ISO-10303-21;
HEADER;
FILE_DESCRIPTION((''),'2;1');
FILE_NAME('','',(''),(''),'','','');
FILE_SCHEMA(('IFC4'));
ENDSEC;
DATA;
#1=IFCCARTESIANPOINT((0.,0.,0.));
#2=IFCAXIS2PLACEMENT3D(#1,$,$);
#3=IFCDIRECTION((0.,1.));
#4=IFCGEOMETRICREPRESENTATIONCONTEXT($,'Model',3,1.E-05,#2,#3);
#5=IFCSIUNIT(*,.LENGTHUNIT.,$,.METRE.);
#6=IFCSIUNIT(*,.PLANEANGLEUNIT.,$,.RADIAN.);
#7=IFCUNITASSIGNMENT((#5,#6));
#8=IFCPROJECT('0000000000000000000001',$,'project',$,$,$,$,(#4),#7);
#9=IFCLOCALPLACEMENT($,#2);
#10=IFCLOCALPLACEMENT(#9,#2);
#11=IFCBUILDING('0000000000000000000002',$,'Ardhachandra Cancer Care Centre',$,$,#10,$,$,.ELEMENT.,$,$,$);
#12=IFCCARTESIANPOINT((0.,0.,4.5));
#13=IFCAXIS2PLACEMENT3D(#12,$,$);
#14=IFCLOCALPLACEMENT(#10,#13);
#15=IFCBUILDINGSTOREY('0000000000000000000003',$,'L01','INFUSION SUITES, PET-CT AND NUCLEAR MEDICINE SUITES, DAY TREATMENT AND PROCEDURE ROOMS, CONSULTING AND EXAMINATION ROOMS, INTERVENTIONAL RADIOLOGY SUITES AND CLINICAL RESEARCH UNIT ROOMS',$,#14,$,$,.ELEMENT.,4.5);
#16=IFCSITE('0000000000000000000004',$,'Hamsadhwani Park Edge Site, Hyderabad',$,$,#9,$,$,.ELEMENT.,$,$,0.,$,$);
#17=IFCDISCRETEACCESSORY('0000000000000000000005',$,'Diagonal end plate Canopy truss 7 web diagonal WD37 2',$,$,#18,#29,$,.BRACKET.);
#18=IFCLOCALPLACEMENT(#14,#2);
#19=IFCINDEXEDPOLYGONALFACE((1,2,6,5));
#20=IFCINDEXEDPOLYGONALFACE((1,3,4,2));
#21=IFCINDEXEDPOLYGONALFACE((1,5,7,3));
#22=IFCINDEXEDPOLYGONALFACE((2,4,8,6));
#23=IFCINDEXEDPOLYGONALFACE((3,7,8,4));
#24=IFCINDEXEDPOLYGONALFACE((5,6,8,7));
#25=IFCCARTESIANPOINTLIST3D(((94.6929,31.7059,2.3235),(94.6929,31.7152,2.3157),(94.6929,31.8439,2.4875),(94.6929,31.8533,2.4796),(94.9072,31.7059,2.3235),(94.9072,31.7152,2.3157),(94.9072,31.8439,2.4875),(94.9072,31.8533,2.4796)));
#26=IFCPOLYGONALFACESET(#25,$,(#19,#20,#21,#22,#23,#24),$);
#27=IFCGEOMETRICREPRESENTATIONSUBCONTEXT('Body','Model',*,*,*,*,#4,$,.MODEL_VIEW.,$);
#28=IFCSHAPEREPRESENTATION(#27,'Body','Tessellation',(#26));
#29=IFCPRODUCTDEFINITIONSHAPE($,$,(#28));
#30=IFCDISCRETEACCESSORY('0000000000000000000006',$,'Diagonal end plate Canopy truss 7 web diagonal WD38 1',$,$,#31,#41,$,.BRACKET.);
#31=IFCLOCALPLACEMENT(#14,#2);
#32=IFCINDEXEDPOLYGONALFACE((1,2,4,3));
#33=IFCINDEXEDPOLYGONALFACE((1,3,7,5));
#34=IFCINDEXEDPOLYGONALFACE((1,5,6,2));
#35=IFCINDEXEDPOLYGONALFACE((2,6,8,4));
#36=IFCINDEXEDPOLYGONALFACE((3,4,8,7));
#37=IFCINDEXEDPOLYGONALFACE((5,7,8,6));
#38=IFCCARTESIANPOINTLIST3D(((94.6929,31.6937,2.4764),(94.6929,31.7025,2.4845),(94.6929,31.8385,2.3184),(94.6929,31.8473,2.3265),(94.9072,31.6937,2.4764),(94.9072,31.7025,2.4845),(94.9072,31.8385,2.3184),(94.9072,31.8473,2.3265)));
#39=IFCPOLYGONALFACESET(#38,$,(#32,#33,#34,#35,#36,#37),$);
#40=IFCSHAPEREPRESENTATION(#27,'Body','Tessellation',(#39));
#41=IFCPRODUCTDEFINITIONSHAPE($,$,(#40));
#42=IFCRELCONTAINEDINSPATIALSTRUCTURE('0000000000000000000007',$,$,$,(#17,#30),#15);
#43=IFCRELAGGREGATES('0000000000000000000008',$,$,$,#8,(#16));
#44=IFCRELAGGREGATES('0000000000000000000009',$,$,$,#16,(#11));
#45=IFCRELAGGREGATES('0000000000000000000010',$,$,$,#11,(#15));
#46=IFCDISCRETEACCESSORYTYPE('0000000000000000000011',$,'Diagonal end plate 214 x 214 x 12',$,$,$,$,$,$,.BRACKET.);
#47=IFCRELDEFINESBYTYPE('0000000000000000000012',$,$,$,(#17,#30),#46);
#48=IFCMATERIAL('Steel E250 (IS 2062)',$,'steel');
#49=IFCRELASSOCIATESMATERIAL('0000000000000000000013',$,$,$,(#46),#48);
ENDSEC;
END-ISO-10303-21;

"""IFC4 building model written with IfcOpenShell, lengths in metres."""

from ifc_helpers import new_model, si_unit, direction, frame, origin, origin_2d, place, context, subcontext, project, spatial, rectangle, extrude, material, material_profile, profile_set, type_object, element, save


model = new_model("IFC4")

# Units and contexts
model_context = context("Model", 3, precision=1e-05, world=origin(), true_north=direction((0.0, 1.0)))
body_context = subcontext(model_context, "Body", "Model", "MODEL_VIEW")
ifc_project = project(units=[si_unit("LENGTHUNIT", "METRE"), si_unit("PLANEANGLEUNIT", "RADIAN")], contexts=[model_context])

# Site, building, storey
site_placement = place(None, origin())
site = spatial("IfcSite", under=ifc_project, at=site_placement, Name="Hamsadhwani Park Edge Site, Hyderabad", CompositionType="ELEMENT", RefElevation=0.0)
building_placement = place(site_placement, origin())
building = spatial("IfcBuilding", under=site, at=building_placement, Name="Ardhachandra Cancer Care Centre", CompositionType="ELEMENT")
storey_placement = place(building_placement, frame((0.0, 0.0, 4.5)))
storey = spatial("IfcBuildingStorey", under=building, at=storey_placement, Name="L01", Description="INFUSION SUITES, PET-CT AND NUCLEAR MEDICINE SUITES, DAY TREATMENT AND PROCEDURE ROOMS, CONSULTING AND EXAMINATION ROOMS, INTERVENTIONAL RADIOLOGY SUITES AND CLINICAL RESEARCH UNIT ROOMS", CompositionType="ELEMENT", Elevation=4.5)

# Discrete accessories
ifc_material_1 = material(Name="Steel E250 (IS 2062)", Category="steel")
ifc_material_profile_1 = material_profile(ifc_material_1, rectangle(XDim=0.2144, YDim=0.2144, at=origin_2d()), Name="PL 214x214x12")
ifc_profile_set_1 = profile_set([ifc_material_profile_1], Name="Steel E250 (IS 2062)")
discrete_accessory_type = type_object("IfcDiscreteAccessoryType", Name="Diagonal end plate 214 x 214 x 12", PredefinedType="BRACKET", material=ifc_profile_set_1)
discrete_accessory_1_placement = place(storey_placement, frame((94.8, 31.7749, 2.4055), z_axis=(0.0, 0.764911, -0.644136), x_axis=(-1.0, 0.0, 0.0)))
element("IfcDiscreteAccessory", 1, at=discrete_accessory_1_placement, inside=storey, type_object=discrete_accessory_type, Name="Diagonal end plate Canopy truss 7 web diagonal WD37 2", PredefinedType="BRACKET", context=body_context, shape_type="SweptSolid", body=[
    extrude(rectangle(XDim=0.2144, YDim=0.2144, at=origin_2d()), origin(), (0.0, 0.0, 1.0), 0.0122),
])
discrete_accessory_2_placement = place(storey_placement, frame((94.8, 31.7749, 2.4055), z_axis=(0.0, -0.737154, -0.675725), x_axis=(1.0, 0.0, 0.0)))
element("IfcDiscreteAccessory", 2, at=discrete_accessory_2_placement, inside=storey, type_object=discrete_accessory_type, Name="Diagonal end plate Canopy truss 7 web diagonal WD38 1", PredefinedType="BRACKET", context=body_context, shape_type="SweptSolid", body=[
    extrude(rectangle(XDim=0.2144, YDim=0.2144, at=origin_2d()), origin(), (0.0, 0.0, 1.0), 0.012),
])

save(model, "model.ifc")
